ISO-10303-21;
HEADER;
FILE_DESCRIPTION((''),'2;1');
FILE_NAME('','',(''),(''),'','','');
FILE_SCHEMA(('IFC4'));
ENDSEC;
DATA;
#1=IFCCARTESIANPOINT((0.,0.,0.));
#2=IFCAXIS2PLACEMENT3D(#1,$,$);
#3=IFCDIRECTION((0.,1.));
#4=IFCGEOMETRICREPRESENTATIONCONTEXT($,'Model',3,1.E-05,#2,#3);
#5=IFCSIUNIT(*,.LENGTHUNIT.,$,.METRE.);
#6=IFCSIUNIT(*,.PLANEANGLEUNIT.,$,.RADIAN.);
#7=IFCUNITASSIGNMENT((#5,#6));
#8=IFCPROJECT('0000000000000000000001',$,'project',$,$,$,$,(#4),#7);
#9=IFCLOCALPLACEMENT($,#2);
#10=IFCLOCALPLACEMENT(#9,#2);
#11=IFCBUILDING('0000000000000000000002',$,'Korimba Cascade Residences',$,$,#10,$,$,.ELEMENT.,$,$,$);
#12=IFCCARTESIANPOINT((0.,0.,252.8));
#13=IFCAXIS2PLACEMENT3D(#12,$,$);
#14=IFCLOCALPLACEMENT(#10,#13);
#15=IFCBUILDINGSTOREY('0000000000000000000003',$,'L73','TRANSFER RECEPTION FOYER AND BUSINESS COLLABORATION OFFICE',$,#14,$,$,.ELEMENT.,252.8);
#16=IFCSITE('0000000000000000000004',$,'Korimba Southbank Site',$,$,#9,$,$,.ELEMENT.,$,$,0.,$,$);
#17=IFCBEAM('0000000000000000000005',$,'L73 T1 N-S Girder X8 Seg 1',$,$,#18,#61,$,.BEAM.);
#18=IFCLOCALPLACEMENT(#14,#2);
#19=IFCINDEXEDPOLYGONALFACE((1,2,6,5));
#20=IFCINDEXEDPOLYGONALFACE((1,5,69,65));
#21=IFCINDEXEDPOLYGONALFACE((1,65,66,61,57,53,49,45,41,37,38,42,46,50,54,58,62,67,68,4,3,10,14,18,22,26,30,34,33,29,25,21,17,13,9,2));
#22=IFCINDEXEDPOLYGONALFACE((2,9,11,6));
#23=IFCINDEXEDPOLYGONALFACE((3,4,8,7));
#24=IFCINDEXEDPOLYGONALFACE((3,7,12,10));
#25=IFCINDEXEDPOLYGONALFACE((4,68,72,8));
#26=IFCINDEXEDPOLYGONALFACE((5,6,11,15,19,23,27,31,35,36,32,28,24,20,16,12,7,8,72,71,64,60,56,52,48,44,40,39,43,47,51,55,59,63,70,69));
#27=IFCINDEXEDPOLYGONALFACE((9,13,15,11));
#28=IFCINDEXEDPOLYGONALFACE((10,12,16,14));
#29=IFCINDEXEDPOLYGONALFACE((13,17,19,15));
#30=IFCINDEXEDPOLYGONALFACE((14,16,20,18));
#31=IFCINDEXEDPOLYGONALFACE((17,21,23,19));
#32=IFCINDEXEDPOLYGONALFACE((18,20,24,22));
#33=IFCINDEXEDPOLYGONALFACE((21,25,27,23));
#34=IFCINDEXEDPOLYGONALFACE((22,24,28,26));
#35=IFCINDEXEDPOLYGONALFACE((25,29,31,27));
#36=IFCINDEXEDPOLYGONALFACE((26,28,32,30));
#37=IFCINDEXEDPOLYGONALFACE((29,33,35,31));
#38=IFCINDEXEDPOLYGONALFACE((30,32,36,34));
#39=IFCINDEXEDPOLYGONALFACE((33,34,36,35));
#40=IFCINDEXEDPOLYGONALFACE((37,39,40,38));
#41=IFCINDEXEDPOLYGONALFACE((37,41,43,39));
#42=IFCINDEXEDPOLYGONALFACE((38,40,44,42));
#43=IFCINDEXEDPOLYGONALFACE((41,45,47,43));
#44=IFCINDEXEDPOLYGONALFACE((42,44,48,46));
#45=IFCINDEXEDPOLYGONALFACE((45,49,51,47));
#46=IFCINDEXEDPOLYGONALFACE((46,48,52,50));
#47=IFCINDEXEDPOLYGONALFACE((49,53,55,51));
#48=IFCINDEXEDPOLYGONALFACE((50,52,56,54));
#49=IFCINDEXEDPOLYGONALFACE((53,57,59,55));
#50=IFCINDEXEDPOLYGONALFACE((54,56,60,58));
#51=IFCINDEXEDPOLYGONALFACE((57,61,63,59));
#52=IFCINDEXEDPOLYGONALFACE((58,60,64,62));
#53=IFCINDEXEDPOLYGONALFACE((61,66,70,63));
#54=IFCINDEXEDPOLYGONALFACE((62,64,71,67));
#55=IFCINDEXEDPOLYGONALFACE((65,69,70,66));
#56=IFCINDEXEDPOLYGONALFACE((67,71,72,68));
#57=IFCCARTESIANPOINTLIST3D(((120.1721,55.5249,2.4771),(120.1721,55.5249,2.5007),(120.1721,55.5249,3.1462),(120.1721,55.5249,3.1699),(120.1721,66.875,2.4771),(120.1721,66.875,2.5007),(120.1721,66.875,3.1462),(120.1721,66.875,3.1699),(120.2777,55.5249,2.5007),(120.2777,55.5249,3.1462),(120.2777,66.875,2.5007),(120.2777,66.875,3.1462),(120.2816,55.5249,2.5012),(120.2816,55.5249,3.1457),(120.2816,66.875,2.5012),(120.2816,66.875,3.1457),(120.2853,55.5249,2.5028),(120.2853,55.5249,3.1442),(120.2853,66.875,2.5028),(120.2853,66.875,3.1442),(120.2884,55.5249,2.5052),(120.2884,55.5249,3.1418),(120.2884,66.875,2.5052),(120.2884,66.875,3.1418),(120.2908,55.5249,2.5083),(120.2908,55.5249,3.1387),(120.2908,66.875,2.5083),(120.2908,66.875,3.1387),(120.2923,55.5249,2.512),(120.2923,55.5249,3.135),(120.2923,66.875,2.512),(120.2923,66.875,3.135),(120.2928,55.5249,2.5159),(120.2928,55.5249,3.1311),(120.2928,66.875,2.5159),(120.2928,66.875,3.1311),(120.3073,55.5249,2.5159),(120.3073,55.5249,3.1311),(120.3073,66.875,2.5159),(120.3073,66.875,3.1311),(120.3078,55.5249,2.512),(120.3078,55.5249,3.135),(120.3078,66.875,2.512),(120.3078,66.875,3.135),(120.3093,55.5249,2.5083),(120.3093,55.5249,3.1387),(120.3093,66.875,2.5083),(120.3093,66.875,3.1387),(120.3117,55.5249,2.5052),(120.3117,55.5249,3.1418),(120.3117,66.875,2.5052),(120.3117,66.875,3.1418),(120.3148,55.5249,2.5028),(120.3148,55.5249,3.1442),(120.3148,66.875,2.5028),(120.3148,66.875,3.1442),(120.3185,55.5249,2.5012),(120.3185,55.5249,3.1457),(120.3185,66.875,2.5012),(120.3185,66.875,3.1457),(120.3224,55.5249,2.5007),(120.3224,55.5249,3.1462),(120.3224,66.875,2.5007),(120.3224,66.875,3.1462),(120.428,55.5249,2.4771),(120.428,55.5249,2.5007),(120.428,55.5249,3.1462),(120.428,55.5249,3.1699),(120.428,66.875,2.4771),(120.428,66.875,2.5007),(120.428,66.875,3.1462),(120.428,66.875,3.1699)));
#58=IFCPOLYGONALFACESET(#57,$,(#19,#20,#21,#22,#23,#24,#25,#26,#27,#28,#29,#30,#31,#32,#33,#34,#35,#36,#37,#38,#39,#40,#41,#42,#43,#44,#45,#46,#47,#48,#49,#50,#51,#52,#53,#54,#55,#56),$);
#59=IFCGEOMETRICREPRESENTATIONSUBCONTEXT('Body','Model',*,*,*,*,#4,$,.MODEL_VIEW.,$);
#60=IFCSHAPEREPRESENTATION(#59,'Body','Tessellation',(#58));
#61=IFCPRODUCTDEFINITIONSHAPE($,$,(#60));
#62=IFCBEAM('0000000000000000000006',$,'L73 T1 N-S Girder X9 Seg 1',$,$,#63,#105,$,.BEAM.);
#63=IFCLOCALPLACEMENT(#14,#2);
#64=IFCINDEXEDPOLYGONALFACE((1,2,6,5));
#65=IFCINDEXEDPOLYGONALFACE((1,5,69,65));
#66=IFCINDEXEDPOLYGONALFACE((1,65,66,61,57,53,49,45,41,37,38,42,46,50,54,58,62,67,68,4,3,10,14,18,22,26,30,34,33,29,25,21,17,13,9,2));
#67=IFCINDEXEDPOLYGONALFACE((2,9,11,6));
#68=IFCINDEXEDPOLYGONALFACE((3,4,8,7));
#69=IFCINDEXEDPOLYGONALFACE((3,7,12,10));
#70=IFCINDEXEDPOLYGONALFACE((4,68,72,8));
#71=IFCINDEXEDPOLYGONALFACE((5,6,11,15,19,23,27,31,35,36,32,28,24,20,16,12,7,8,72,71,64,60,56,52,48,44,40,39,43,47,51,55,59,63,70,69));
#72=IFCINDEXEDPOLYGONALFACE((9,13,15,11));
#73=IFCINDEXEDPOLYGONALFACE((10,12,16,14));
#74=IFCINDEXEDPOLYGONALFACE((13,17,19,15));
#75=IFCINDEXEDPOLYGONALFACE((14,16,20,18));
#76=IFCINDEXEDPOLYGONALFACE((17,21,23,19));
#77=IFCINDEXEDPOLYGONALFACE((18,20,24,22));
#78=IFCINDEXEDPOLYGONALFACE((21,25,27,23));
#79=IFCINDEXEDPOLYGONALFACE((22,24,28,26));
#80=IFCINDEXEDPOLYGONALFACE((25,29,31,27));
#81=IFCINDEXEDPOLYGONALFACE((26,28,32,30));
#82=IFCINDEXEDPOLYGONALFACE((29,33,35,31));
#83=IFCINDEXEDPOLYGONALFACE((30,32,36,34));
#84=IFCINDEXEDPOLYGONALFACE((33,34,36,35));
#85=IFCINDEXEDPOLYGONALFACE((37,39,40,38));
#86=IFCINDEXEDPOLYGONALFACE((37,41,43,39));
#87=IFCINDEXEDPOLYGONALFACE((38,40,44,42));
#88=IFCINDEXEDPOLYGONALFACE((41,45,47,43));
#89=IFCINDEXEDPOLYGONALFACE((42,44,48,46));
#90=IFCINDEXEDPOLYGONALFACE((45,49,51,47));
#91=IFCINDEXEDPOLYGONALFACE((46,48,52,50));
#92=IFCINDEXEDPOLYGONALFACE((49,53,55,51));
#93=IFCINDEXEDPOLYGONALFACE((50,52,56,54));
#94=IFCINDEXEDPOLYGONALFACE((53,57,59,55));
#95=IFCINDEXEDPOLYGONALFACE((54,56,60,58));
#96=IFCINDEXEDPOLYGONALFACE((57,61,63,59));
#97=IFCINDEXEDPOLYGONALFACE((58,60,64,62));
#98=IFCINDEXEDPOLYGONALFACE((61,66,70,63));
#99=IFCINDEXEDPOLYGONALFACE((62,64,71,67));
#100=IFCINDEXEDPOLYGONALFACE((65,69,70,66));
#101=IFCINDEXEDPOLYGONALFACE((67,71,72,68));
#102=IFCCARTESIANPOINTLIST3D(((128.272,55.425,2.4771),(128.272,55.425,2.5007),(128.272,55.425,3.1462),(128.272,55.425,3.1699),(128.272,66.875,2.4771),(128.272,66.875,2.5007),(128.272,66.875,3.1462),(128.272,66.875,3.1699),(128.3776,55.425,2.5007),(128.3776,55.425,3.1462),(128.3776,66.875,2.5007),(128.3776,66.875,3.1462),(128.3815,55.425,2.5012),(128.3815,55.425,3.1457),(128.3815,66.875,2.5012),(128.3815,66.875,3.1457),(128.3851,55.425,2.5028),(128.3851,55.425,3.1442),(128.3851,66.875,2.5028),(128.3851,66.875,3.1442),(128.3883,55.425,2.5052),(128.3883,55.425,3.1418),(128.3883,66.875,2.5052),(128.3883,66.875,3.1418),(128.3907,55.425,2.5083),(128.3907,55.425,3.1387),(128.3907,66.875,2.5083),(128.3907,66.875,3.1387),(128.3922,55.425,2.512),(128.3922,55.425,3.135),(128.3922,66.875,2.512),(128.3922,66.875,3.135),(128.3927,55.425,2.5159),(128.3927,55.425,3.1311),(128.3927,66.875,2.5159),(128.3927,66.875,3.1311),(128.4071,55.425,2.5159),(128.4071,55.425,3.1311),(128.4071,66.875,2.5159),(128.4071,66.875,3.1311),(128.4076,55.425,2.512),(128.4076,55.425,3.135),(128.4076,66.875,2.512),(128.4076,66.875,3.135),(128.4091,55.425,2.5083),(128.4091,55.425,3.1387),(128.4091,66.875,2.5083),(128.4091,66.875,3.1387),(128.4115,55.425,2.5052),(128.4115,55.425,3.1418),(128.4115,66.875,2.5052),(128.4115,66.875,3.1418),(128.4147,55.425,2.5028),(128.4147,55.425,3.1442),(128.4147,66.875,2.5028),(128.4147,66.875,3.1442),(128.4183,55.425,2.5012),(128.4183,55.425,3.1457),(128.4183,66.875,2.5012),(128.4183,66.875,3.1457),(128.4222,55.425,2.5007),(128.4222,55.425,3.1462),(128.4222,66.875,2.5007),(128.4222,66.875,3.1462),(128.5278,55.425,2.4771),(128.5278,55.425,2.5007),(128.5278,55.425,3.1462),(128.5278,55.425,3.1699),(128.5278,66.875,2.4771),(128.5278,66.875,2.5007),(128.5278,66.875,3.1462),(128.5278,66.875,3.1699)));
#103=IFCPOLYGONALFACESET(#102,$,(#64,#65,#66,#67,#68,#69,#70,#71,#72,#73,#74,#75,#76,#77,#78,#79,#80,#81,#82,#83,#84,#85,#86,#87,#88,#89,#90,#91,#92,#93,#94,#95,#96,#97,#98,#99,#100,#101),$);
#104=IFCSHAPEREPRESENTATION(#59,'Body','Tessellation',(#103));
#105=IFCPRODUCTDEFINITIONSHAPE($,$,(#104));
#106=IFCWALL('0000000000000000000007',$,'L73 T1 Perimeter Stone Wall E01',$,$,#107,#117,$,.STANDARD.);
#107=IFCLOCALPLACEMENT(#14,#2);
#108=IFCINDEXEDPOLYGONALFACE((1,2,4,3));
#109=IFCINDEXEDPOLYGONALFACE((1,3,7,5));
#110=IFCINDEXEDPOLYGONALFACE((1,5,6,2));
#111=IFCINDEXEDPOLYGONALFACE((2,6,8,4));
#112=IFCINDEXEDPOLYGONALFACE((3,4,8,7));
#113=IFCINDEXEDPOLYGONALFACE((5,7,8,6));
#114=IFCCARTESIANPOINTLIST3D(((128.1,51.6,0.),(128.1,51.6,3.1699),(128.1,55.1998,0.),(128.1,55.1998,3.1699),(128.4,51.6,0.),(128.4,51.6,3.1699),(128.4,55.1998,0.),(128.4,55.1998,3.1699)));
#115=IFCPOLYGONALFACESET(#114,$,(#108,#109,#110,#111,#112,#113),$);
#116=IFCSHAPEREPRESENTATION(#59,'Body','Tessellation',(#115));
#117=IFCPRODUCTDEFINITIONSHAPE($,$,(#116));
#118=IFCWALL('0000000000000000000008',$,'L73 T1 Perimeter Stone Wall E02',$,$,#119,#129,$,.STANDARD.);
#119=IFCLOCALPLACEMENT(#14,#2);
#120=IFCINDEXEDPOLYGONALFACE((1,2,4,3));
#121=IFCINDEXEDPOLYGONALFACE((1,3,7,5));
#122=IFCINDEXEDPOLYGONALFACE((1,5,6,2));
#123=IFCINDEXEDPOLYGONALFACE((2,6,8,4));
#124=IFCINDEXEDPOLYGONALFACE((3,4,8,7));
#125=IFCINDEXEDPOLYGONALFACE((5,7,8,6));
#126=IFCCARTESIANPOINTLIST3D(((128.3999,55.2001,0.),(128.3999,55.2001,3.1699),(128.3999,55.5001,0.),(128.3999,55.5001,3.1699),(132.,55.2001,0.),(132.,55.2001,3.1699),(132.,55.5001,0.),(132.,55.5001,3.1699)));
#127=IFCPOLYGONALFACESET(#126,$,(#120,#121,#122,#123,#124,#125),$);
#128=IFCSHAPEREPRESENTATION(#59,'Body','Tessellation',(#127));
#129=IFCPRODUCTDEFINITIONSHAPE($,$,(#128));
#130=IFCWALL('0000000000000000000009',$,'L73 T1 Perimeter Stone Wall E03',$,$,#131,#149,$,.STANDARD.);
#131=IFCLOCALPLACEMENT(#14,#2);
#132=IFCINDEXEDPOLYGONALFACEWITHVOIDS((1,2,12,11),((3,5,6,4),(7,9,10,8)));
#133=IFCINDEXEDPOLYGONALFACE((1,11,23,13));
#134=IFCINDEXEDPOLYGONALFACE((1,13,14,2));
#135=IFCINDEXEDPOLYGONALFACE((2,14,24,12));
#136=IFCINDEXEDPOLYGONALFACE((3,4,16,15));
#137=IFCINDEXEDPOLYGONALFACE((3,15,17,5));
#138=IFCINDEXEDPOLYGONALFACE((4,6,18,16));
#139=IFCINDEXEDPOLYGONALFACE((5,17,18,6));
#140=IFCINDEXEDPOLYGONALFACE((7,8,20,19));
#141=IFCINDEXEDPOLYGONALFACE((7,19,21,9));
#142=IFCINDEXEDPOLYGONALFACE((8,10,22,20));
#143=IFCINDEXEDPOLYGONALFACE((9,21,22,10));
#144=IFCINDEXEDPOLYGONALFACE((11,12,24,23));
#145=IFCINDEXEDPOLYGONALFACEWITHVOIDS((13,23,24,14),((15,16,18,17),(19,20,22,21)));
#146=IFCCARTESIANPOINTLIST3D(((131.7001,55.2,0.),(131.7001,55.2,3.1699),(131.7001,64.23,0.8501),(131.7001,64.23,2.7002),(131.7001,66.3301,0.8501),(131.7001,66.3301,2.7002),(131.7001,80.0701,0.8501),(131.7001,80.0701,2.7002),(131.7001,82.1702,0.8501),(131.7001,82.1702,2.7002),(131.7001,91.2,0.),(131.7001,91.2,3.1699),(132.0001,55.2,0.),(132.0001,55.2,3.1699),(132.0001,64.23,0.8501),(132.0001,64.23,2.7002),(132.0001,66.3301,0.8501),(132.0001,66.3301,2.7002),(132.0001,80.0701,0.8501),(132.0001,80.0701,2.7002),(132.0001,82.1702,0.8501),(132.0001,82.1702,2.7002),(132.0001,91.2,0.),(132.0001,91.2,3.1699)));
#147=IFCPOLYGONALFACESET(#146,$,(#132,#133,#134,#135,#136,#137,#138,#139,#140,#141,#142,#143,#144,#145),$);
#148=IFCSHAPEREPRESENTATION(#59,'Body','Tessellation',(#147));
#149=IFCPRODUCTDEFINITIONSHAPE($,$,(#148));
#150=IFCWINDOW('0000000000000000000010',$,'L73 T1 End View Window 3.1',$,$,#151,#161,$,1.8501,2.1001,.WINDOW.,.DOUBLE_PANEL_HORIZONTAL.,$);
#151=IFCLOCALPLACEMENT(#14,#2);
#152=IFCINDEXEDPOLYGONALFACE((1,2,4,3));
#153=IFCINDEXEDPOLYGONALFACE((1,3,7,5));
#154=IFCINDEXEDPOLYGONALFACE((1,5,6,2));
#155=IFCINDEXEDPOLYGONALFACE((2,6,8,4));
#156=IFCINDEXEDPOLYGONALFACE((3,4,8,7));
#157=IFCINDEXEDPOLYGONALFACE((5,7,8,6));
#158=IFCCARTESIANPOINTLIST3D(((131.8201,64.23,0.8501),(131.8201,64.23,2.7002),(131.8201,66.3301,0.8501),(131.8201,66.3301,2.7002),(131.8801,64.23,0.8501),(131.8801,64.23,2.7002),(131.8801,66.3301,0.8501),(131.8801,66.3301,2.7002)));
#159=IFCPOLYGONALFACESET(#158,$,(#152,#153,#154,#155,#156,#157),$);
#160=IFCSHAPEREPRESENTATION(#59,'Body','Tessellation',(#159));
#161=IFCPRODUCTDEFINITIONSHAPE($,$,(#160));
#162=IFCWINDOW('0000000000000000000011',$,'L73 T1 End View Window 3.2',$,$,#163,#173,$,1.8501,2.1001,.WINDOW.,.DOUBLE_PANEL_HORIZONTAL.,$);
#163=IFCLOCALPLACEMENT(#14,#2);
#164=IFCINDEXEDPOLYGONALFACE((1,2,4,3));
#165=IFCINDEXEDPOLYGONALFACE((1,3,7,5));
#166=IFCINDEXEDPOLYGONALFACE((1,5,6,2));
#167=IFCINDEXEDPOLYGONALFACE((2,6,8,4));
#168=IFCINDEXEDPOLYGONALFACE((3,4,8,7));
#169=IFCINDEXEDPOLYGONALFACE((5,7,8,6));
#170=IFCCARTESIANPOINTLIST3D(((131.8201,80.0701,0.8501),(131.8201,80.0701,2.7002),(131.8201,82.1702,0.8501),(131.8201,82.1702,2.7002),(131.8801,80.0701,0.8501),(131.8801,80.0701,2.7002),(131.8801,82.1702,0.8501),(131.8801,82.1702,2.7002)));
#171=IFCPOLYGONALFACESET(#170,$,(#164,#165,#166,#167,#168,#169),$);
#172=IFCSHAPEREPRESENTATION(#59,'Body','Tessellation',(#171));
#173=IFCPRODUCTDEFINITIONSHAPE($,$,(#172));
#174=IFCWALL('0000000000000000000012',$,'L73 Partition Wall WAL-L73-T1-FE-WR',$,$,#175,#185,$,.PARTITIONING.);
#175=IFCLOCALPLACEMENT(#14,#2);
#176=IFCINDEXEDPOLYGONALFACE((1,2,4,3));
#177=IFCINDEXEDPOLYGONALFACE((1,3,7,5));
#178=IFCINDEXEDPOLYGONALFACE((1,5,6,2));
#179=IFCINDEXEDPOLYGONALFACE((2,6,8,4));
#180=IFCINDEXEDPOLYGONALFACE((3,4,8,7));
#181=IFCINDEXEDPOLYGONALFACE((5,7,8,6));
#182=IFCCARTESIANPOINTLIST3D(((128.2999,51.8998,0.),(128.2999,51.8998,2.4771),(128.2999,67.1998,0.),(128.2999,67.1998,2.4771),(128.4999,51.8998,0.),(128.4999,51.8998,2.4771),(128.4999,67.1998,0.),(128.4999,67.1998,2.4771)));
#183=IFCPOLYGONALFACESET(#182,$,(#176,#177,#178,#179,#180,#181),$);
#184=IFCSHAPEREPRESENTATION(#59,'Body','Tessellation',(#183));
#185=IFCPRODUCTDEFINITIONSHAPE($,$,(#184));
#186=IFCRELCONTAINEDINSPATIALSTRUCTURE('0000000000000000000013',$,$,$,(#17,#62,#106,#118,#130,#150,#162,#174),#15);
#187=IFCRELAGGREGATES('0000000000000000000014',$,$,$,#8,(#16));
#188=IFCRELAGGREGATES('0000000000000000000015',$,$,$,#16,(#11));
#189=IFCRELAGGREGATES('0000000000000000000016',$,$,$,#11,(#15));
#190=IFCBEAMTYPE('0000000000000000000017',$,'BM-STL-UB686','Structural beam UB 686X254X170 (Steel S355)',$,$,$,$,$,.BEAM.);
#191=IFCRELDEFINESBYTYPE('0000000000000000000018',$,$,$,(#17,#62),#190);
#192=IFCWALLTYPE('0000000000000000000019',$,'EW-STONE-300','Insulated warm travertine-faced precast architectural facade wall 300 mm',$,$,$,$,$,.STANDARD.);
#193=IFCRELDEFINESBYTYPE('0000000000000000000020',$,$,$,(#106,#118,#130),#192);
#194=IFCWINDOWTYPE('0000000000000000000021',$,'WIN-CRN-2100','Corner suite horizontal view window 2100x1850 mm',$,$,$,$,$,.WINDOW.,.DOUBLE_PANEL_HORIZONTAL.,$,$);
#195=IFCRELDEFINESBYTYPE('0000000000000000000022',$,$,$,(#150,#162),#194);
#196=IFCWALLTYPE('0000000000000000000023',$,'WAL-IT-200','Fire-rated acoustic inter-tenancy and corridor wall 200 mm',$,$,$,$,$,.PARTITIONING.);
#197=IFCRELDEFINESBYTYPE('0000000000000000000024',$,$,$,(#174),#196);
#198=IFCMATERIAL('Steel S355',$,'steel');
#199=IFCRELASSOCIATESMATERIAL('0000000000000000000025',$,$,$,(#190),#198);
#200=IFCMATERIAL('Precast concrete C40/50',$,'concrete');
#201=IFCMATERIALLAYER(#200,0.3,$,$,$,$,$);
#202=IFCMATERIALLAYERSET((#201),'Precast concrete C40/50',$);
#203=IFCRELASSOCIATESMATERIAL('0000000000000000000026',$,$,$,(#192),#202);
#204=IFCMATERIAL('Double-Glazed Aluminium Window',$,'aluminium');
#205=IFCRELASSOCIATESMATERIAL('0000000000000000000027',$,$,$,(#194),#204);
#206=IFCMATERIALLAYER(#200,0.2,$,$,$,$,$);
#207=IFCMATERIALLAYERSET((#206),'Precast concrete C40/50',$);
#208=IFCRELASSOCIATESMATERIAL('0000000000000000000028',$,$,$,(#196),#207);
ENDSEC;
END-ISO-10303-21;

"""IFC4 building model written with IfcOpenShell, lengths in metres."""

from ifc_helpers import new_model, si_unit, direction, frame, frame_2d, origin, origin_2d, place, context, subcontext, project, spatial, rectangle, i_section, extrude, material, layer, layer_set, material_profile, profile_set, type_object, element, fill, save


model = new_model("IFC4")

# Units and contexts
model_context = context("Model", 3, precision=1e-05, world=origin(), true_north=direction((0.0, 1.0)))
body_context = subcontext(model_context, "Body", "Model", "MODEL_VIEW")
ifc_project = project(units=[si_unit("LENGTHUNIT", "METRE"), si_unit("PLANEANGLEUNIT", "RADIAN")], contexts=[model_context])

# Site, building, storey
site_placement = place(None, origin())
site = spatial("IfcSite", under=ifc_project, at=site_placement, Name="Korimba Southbank Site", CompositionType="ELEMENT", RefElevation=0.0)
building_placement = place(site_placement, origin())
building = spatial("IfcBuilding", under=site, at=building_placement, Name="Korimba Cascade Residences", CompositionType="ELEMENT")
storey_placement = place(building_placement, frame((0.0, 0.0, 252.8)))
storey = spatial("IfcBuildingStorey", under=building, at=storey_placement, Name="L73", Description="TRANSFER RECEPTION FOYER AND BUSINESS COLLABORATION OFFICE", CompositionType="ELEMENT", Elevation=252.8)

# Beams
ifc_material_1 = material(Name="Steel S355", Category="steel")
ifc_material_profile_1 = material_profile(ifc_material_1, i_section(OverallWidth=0.2559, OverallDepth=0.6929, WebThickness=0.0144, FlangeThickness=0.0237, FilletRadius=0.0151, at=origin_2d()), Name="Steel S355")
ifc_profile_set_1 = profile_set([ifc_material_profile_1], Name="Steel S355")
beam_type_1 = type_object("IfcBeamType", Name="BM-STL-UB686", Description="Structural beam UB 686X254X170 (Steel S355)", PredefinedType="BEAM", material=ifc_profile_set_1)
beam_1_placement = place(storey_placement, frame((120.3, 55.5249, 2.8235), z_axis=(0.0, 1.0, 0.0), x_axis=(-1.0, 0.0, 0.0)))
element("IfcBeam", 1, at=beam_1_placement, inside=storey, type_object=beam_type_1, Name="L73 T1 N-S Girder X8 Seg 1", PredefinedType="BEAM", context=body_context, shape_type="SweptSolid", body=[
    extrude(i_section(OverallWidth=0.2559, OverallDepth=0.6929, WebThickness=0.0144, FlangeThickness=0.0237, FilletRadius=0.0151, at=origin_2d()), origin(), (0.0, 0.0, 1.0), 11.3501),
])
beam_2_placement = place(storey_placement, frame((128.3999, 55.425, 2.8235), z_axis=(0.0, 1.0, 0.0), x_axis=(-1.0, 0.0, 0.0)))
element("IfcBeam", 2, at=beam_2_placement, inside=storey, type_object=beam_type_1, Name="L73 T1 N-S Girder X9 Seg 1", PredefinedType="BEAM", context=body_context, shape_type="SweptSolid", body=[
    extrude(i_section(OverallWidth=0.2559, OverallDepth=0.6929, WebThickness=0.0144, FlangeThickness=0.0237, FilletRadius=0.0151, at=origin_2d()), origin(), (0.0, 0.0, 1.0), 11.45),
])

# Walls
ifc_material_2 = material(Name="Precast concrete C40/50", Category="concrete")
ifc_layer_1 = layer(ifc_material_2, 0.3)
ifc_layer_set_1 = layer_set([ifc_layer_1], Name="Precast concrete C40/50")
wall_type_1 = type_object("IfcWallType", Name="EW-STONE-300", Description="Insulated warm travertine-faced precast architectural facade wall 300 mm", PredefinedType="STANDARD", material=ifc_layer_set_1)
wall_1_placement = place(storey_placement, frame((128.25, 51.6001, 0.0), z_axis=(0.0, 0.0, 1.0), x_axis=(0.0, 1.0, 0.0)))
element("IfcWall", 3, at=wall_1_placement, inside=storey, type_object=wall_type_1, Name="L73 T1 Perimeter Stone Wall E01", PredefinedType="STANDARD", context=body_context, shape_type="SweptSolid", body=[
    extrude(rectangle(XDim=3.5999, YDim=0.3, at=frame_2d((1.7998, 0.0))), origin(), (0.0, 0.0, 1.0), 3.1699),
])
wall_2_placement = place(storey_placement, frame((128.3999, 55.3501, 0.0), z_axis=(0.0, 0.0, 1.0), x_axis=(1.0, 0.0, 0.0)))
element("IfcWall", 4, at=wall_2_placement, inside=storey, type_object=wall_type_1, Name="L73 T1 Perimeter Stone Wall E02", PredefinedType="STANDARD", context=body_context, shape_type="SweptSolid", body=[
    extrude(rectangle(XDim=3.6001, YDim=0.3, at=frame_2d((1.8, 0.0))), origin(), (0.0, 0.0, 1.0), 3.1699),
])

# Wall, openings, windows
wall_3_placement = place(storey_placement, frame((131.8501, 55.2, 0.0), z_axis=(0.0, 0.0, 1.0), x_axis=(0.0, 1.0, 0.0)))
wall_3 = element("IfcWall", 5, at=wall_3_placement, inside=storey, type_object=wall_type_1, Name="L73 T1 Perimeter Stone Wall E03", PredefinedType="STANDARD", context=body_context, shape_type="SweptSolid", body=[
    extrude(rectangle(XDim=36.0, YDim=0.3, at=frame_2d((18.0, 0.0))), origin(), (0.0, 0.0, 1.0), 3.1699),
])
opening_1_placement = place(wall_3_placement, frame((9.03, 0.0, 0.8501)))
opening_1 = element("IfcOpeningElement", 6, at=opening_1_placement, cuts=wall_3, PredefinedType="OPENING", context=body_context, shape_type="SweptSolid", body=[
    extrude(rectangle(XDim=2.1001, YDim=1.8501, at=frame_2d((1.05, 0.925))), frame((0.0, 0.1602, 0.0), z_axis=(0.0, -1.0, 0.0), x_axis=(1.0, 0.0, 0.0)), (0.0, 0.0, 1.0), 0.3201),
])
opening_2_placement = place(wall_3_placement, frame((24.8701, 0.0, 0.8501)))
opening_2 = element("IfcOpeningElement", 7, at=opening_2_placement, cuts=wall_3, PredefinedType="OPENING", context=body_context, shape_type="SweptSolid", body=[
    extrude(rectangle(XDim=2.1001, YDim=1.8501, at=frame_2d((1.05, 0.925))), frame((0.0, 0.1602, 0.0), z_axis=(0.0, -1.0, 0.0), x_axis=(1.0, 0.0, 0.0)), (0.0, 0.0, 1.0), 0.3201),
])
ifc_material_3 = material(Name="Double-Glazed Aluminium Window", Category="aluminium")
window_type = type_object("IfcWindowType", Name="WIN-CRN-2100", Description="Corner suite horizontal view window 2100x1850 mm", PartitioningType="DOUBLE_PANEL_HORIZONTAL", PredefinedType="WINDOW", material=ifc_material_3)
window_1_placement = place(opening_1_placement, origin())
window_1 = element("IfcWindow", 8, at=window_1_placement, inside=storey, type_object=window_type, Name="L73 T1 End View Window 3.1", OverallHeight=1.8501, OverallWidth=2.1001, PartitioningType="DOUBLE_PANEL_HORIZONTAL", PredefinedType="WINDOW", context=body_context, shape_type="SweptSolid", body=[
    extrude(rectangle(XDim=2.1001, YDim=1.8501, at=frame_2d((1.05, 0.925))), frame((0.0, 0.03, 0.0), z_axis=(0.0, -1.0, 0.0), x_axis=(1.0, 0.0, 0.0)), (0.0, 0.0, 1.0), 0.0601),
])
fill(opening_1, window_1)
window_2_placement = place(opening_2_placement, origin())
window_2 = element("IfcWindow", 9, at=window_2_placement, inside=storey, type_object=window_type, Name="L73 T1 End View Window 3.2", OverallHeight=1.8501, OverallWidth=2.1001, PartitioningType="DOUBLE_PANEL_HORIZONTAL", PredefinedType="WINDOW", context=body_context, shape_type="SweptSolid", body=[
    extrude(rectangle(XDim=2.1001, YDim=1.8501, at=frame_2d((1.05, 0.925))), frame((0.0, 0.03, 0.0), z_axis=(0.0, -1.0, 0.0), x_axis=(1.0, 0.0, 0.0)), (0.0, 0.0, 1.0), 0.0601),
])
fill(opening_2, window_2)

# Wall
ifc_layer_2 = layer(ifc_material_2, 0.2)
ifc_layer_set_2 = layer_set([ifc_layer_2], Name="Precast concrete C40/50")
wall_type_2 = type_object("IfcWallType", Name="WAL-IT-200", Description="Fire-rated acoustic inter-tenancy and corridor wall 200 mm", PredefinedType="PARTITIONING", material=ifc_layer_set_2)
wall_4_placement = place(storey_placement, frame((128.3999, 51.8999, 0.0), z_axis=(0.0, 0.0, 1.0), x_axis=(0.0, 1.0, 0.0)))
element("IfcWall", 10, at=wall_4_placement, inside=storey, type_object=wall_type_2, Name="L73 Partition Wall WAL-L73-T1-FE-WR", PredefinedType="PARTITIONING", context=body_context, shape_type="SweptSolid", body=[
    extrude(rectangle(XDim=15.3, YDim=0.2, at=frame_2d((7.6499, 0.0))), origin(), (0.0, 0.0, 1.0), 2.4771),
])

save(model, "model.ifc")
